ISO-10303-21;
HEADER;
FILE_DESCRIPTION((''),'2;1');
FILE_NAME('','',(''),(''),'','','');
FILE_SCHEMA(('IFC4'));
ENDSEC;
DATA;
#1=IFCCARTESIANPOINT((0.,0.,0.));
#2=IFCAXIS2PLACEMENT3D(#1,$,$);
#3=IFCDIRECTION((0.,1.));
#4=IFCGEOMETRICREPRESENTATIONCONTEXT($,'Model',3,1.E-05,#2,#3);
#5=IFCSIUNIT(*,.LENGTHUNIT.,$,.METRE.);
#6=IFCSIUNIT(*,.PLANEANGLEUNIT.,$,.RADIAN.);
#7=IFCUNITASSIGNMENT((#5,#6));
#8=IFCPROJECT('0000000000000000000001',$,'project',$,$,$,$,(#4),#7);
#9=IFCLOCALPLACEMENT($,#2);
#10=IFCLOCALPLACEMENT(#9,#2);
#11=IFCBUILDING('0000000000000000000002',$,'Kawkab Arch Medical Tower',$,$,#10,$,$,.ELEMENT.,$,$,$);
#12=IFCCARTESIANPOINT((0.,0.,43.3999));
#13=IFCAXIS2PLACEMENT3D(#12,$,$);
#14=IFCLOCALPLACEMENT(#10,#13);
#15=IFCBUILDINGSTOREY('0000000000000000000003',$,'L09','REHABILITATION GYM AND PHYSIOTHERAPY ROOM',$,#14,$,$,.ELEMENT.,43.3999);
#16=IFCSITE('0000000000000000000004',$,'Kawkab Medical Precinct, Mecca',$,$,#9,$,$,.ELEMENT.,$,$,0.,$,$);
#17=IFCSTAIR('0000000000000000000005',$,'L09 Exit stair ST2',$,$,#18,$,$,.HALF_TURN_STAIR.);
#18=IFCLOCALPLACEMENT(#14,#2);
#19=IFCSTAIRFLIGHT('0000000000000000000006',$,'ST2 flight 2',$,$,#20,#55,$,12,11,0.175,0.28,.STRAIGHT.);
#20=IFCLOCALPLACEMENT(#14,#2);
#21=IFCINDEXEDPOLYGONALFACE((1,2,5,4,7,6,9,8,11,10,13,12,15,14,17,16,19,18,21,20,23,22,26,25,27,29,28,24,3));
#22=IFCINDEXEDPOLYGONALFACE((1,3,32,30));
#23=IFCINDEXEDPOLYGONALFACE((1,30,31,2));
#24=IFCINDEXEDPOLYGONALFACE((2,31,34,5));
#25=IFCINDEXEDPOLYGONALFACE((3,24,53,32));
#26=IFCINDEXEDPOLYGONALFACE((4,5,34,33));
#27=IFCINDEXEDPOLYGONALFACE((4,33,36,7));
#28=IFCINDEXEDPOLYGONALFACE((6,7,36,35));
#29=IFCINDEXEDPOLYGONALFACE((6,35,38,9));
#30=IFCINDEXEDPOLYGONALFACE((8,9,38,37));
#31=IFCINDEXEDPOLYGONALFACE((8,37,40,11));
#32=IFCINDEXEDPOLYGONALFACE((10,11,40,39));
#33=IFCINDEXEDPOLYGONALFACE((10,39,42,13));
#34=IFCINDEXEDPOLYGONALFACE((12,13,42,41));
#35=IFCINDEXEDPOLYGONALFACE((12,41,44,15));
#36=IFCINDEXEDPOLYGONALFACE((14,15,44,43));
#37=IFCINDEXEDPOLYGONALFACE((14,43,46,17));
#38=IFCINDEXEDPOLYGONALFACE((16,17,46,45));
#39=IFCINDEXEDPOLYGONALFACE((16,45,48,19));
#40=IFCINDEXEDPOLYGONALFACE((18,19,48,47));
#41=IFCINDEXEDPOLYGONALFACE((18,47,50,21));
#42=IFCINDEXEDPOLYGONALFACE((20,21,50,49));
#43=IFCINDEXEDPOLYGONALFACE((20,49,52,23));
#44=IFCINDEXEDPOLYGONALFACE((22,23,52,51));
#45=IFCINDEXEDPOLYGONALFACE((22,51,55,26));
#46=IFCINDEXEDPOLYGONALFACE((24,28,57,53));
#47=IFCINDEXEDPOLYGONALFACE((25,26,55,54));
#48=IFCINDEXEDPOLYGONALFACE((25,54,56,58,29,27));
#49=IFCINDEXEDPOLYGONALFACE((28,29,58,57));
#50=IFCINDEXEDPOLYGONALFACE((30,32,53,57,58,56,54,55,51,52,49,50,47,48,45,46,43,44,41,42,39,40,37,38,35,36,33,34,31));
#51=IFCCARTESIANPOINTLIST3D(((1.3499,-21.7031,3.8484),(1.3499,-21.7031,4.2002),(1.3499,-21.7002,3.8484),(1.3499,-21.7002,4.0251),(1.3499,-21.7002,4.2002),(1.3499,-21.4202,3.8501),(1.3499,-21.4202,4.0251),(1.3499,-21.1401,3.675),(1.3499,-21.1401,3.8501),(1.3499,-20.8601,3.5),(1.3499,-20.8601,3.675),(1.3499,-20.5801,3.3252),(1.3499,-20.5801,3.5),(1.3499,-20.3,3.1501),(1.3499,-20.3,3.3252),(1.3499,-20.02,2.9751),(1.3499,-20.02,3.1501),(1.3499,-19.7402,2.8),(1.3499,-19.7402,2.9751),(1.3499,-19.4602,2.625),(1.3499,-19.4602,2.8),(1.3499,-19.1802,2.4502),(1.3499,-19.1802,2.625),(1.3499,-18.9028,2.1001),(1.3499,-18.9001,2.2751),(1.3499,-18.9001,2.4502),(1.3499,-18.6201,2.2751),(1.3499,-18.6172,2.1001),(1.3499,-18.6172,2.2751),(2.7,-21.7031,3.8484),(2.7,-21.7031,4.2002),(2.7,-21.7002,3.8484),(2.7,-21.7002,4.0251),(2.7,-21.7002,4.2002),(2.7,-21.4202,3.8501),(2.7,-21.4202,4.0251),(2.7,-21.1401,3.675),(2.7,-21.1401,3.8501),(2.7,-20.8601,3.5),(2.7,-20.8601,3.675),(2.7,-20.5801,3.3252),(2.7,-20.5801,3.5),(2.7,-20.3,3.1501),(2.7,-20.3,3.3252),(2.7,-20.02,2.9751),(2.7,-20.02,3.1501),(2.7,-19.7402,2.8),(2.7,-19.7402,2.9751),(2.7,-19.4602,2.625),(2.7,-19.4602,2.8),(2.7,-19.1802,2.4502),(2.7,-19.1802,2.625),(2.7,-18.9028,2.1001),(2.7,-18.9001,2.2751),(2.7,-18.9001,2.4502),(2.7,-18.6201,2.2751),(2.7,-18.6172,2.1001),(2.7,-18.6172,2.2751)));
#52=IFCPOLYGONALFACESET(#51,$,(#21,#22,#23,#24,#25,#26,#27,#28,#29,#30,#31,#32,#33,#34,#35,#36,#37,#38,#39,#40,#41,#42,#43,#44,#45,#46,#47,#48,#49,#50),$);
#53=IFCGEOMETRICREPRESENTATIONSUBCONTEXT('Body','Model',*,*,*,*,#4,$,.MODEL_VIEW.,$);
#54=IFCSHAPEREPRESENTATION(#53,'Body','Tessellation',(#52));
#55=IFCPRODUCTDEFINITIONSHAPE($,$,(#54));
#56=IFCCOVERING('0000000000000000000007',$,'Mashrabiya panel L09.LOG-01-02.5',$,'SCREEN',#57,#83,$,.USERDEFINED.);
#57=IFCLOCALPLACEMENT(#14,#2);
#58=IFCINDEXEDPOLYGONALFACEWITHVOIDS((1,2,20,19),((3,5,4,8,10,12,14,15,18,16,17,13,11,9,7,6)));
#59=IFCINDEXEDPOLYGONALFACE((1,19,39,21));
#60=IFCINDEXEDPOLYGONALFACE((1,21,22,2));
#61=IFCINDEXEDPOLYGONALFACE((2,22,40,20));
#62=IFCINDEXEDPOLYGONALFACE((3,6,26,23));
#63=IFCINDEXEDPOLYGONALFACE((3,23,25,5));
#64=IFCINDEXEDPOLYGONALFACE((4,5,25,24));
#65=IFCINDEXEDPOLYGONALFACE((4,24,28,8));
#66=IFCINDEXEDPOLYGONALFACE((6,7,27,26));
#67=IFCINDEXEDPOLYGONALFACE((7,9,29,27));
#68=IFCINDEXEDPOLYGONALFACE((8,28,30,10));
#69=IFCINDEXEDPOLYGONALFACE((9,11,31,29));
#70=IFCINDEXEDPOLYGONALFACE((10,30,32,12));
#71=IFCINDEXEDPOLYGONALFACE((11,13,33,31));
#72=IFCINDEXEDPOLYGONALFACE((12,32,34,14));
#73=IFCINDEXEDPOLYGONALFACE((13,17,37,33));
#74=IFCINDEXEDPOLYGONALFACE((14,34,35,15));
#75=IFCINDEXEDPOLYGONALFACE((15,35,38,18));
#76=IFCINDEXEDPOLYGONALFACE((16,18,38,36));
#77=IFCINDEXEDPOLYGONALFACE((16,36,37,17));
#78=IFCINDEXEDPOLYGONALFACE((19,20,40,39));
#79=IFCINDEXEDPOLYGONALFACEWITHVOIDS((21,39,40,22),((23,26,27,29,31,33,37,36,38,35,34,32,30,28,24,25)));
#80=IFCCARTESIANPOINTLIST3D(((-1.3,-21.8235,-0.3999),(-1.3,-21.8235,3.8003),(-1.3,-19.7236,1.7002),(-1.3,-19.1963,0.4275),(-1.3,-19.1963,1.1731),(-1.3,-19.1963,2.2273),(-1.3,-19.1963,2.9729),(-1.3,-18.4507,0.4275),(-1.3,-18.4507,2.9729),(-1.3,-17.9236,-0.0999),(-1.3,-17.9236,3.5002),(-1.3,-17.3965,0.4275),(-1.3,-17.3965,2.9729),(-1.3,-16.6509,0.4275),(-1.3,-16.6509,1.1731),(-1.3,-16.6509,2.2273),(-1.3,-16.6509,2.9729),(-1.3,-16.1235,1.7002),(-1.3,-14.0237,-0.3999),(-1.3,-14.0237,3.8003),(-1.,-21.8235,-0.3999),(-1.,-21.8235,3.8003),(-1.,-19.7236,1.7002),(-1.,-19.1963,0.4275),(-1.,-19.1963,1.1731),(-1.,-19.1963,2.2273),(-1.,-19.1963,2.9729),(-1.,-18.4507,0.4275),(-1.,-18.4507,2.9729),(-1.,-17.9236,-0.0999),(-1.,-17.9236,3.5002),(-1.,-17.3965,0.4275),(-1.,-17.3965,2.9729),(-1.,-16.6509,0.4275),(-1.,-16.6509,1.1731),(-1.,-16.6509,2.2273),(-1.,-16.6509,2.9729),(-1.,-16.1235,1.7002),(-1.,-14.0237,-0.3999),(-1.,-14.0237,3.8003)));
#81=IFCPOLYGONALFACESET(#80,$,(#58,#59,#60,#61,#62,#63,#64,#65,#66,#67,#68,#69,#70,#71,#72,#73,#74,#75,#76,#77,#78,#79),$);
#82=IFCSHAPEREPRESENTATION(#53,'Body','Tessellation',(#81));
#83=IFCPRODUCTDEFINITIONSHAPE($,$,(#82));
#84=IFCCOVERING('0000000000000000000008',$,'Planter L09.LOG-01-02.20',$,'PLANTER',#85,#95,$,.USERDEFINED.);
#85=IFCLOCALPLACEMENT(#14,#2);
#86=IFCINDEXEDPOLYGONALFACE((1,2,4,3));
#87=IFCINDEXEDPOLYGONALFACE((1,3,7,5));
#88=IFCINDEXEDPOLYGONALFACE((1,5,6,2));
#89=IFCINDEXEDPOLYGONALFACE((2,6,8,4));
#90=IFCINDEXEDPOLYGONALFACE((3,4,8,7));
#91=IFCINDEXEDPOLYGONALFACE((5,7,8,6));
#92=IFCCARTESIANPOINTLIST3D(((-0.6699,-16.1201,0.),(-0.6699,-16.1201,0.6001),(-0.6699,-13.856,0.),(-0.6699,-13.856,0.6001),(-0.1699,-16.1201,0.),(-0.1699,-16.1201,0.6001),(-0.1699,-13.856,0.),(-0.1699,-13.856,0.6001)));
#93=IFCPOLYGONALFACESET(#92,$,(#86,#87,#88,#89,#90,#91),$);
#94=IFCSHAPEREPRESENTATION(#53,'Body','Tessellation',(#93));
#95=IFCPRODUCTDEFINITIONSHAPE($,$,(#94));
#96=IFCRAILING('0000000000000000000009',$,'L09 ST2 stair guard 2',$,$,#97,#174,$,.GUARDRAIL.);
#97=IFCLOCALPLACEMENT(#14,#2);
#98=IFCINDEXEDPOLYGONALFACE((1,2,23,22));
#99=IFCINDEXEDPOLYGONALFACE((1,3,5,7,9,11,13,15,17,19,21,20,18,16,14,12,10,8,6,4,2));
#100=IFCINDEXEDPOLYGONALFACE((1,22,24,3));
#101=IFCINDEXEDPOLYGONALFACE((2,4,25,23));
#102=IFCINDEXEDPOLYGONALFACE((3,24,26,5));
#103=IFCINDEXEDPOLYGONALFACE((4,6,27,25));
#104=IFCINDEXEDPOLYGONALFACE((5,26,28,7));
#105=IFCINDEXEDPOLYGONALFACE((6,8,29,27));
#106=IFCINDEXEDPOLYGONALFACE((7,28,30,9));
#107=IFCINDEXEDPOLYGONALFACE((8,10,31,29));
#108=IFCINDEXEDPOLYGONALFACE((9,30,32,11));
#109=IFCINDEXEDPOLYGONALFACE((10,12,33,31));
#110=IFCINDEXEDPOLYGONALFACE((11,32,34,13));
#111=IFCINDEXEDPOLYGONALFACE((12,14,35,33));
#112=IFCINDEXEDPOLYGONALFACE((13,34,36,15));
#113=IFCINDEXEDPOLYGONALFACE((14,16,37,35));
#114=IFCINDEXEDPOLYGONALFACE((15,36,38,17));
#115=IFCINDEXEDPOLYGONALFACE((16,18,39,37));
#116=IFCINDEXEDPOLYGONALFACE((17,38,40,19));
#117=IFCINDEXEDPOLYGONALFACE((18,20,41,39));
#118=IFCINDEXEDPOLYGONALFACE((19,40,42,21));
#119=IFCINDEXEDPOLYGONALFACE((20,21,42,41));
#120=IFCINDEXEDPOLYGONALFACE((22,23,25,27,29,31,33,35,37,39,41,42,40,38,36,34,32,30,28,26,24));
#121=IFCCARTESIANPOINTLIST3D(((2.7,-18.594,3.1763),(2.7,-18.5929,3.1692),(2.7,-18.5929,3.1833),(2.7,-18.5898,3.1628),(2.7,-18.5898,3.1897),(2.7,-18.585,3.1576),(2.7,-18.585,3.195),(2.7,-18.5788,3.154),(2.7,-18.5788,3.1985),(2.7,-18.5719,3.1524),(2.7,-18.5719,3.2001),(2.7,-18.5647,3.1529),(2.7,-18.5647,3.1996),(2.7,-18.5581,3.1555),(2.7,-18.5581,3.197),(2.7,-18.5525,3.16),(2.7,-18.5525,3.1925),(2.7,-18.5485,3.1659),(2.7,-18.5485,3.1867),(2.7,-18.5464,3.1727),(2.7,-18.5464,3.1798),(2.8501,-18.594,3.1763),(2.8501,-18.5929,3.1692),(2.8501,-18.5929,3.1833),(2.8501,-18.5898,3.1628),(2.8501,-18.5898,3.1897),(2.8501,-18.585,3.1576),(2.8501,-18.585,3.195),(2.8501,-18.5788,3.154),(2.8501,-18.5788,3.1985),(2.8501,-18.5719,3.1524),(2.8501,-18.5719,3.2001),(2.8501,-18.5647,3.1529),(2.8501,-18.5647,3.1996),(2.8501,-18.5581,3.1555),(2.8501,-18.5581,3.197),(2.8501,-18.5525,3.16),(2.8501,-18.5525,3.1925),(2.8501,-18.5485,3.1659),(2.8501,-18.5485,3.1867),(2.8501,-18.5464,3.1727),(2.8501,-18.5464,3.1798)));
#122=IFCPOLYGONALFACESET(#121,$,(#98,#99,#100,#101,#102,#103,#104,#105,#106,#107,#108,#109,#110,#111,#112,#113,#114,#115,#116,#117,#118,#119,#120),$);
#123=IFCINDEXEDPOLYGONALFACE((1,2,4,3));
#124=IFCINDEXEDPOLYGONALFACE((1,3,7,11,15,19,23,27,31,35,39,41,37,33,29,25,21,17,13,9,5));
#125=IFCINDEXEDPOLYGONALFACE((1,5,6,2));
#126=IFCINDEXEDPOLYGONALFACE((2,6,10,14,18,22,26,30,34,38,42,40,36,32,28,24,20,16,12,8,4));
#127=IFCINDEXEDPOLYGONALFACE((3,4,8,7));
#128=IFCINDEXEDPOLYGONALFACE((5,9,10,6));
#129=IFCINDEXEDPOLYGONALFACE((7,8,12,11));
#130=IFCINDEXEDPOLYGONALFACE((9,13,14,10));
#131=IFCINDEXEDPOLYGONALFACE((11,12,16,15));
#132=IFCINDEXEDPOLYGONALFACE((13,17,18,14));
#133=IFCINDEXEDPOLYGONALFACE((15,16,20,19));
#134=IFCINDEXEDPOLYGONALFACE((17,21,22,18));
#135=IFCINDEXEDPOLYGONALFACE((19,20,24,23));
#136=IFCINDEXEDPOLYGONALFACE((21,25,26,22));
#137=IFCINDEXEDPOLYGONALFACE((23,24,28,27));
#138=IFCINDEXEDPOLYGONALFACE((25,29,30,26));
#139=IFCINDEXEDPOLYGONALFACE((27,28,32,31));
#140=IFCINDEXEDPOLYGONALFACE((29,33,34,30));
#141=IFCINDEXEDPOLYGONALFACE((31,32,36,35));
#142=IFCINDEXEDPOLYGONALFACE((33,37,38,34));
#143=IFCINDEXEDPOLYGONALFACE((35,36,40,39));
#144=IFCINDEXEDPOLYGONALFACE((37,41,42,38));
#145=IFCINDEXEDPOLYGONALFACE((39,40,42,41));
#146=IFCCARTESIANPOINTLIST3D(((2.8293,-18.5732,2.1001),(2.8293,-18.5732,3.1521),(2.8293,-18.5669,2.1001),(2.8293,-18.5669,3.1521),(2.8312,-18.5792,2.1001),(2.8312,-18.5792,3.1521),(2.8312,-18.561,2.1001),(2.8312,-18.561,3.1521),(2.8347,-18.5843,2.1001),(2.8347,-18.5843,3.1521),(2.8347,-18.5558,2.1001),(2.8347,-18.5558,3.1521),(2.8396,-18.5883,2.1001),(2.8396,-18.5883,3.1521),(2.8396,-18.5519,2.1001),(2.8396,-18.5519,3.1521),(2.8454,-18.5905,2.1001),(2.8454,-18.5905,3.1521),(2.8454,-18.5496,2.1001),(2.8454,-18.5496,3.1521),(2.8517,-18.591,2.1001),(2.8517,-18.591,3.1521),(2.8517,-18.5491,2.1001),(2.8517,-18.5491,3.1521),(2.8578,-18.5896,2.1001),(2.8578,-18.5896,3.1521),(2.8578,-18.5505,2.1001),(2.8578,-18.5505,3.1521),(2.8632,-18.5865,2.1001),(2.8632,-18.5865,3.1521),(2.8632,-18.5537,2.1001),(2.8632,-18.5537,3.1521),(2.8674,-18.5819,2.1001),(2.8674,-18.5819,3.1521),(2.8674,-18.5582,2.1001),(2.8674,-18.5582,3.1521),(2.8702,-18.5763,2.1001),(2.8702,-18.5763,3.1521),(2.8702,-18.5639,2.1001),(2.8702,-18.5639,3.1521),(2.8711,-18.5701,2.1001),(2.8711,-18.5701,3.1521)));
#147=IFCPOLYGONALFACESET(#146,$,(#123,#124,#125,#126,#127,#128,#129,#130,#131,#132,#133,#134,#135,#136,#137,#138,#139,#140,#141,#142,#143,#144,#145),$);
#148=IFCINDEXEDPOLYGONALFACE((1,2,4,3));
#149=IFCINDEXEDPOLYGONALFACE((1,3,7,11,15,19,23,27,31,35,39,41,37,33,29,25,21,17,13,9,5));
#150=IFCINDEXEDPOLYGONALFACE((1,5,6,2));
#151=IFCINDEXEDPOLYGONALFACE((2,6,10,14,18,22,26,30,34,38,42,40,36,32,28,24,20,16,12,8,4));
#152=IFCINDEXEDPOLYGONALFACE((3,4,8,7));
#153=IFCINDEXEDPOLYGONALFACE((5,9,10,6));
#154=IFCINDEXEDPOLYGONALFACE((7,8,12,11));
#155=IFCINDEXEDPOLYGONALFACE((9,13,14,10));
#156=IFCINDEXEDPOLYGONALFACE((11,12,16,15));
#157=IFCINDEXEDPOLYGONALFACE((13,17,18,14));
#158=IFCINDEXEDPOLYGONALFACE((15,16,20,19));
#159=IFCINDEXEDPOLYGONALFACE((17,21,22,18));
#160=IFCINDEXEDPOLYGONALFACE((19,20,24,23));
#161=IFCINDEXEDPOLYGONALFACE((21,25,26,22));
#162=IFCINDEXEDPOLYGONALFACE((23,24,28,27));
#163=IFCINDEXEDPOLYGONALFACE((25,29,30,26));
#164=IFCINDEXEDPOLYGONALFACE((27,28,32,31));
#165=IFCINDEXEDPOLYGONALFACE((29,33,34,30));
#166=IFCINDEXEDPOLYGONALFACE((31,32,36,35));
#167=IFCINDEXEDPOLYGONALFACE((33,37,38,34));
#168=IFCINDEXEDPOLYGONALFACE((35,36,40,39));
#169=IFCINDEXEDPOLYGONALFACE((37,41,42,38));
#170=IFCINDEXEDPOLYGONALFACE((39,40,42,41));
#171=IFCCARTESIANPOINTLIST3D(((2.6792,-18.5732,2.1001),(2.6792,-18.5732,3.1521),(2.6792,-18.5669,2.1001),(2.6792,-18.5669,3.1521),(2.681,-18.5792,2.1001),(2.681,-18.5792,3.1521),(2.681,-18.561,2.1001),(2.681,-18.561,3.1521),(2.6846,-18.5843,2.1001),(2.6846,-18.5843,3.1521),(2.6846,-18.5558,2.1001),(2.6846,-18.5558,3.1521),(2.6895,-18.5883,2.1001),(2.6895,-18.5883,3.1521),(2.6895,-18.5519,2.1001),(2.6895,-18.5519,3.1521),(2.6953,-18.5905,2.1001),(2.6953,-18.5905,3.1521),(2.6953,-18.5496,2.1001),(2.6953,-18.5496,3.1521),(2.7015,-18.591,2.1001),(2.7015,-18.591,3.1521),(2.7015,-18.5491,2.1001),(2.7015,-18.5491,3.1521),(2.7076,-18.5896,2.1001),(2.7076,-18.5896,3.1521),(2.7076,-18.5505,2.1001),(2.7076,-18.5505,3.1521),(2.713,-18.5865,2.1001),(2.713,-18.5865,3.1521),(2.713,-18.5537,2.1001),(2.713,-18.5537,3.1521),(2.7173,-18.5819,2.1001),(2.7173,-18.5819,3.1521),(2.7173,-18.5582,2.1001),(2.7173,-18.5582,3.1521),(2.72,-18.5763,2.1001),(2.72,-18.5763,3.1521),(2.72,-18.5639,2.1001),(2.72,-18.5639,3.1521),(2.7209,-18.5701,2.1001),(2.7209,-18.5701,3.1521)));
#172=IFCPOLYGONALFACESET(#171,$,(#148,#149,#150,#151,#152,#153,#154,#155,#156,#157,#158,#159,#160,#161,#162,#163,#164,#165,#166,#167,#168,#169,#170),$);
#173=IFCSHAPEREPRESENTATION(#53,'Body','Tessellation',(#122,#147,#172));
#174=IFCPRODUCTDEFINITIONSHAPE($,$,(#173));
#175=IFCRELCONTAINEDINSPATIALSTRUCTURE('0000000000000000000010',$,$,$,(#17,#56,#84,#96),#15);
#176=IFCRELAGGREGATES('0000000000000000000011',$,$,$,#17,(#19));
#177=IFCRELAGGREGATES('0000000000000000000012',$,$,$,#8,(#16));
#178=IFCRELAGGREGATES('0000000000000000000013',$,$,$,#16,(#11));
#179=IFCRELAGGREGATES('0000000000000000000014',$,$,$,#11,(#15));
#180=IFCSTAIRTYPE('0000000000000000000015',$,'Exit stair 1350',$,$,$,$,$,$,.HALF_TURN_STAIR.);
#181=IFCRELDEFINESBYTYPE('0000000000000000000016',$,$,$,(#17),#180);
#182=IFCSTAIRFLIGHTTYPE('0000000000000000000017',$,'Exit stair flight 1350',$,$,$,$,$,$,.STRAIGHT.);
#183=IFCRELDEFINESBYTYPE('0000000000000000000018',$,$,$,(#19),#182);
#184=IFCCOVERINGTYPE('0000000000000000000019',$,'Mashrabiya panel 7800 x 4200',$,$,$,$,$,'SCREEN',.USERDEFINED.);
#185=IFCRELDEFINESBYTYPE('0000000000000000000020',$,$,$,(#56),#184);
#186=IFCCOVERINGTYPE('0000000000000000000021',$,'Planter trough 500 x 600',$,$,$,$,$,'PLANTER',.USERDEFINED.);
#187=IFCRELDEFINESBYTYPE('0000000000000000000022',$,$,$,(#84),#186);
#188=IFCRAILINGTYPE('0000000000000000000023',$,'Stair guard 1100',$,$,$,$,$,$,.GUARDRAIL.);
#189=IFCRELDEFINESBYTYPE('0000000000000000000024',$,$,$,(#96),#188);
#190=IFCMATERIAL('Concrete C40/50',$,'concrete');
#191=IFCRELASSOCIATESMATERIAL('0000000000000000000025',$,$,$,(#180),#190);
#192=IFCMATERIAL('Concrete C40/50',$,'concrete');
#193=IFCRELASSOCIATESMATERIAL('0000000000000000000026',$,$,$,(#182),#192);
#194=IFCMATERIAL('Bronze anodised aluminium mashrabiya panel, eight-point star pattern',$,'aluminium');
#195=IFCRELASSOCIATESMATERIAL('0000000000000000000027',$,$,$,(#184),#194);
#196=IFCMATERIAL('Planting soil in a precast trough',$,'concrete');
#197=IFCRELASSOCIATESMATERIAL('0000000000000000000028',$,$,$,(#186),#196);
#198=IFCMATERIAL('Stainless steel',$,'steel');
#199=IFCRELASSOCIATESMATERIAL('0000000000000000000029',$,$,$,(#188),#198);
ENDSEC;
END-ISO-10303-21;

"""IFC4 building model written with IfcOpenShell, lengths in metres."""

from ifc_helpers import new_model, si_unit, direction, frame, origin, origin_2d, place, context, subcontext, project, spatial, polyline, rectangle, circle, outline, extrude, material, material_profile, profile_set, type_object, element, aggregate, save


model = new_model("IFC4")

# Units and contexts
model_context = context("Model", 3, precision=1e-05, world=origin(), true_north=direction((0.0, 1.0)))
body_context = subcontext(model_context, "Body", "Model", "MODEL_VIEW")
ifc_project = project(units=[si_unit("LENGTHUNIT", "METRE"), si_unit("PLANEANGLEUNIT", "RADIAN")], contexts=[model_context])

# Site, building, storey
site_placement = place(None, origin())
site = spatial("IfcSite", under=ifc_project, at=site_placement, Name="Kawkab Medical Precinct, Mecca", CompositionType="ELEMENT", RefElevation=0.0)
building_placement = place(site_placement, origin())
building = spatial("IfcBuilding", under=site, at=building_placement, Name="Kawkab Arch Medical Tower", CompositionType="ELEMENT")
storey_placement = place(building_placement, frame((0.0, 0.0, 43.3999)))
storey = spatial("IfcBuildingStorey", under=building, at=storey_placement, Name="L09", Description="REHABILITATION GYM AND PHYSIOTHERAPY ROOM", CompositionType="ELEMENT", Elevation=43.3999)

# Shared definitions
placement = place(storey_placement, origin())

# Stair, stair flight
ifc_material_1 = material(Name="Concrete C40/50", Category="concrete")
stair_type = type_object("IfcStairType", Name="Exit stair 1350", PredefinedType="HALF_TURN_STAIR", material=ifc_material_1)
stair = element("IfcStair", 1, at=placement, inside=storey, type_object=stair_type, Name="L09 Exit stair ST2", PredefinedType="HALF_TURN_STAIR")
ifc_material_2 = material(Name="Concrete C40/50", Category="concrete")
stair_flight_type = type_object("IfcStairFlightType", Name="Exit stair flight 1350", PredefinedType="STRAIGHT", material=ifc_material_2)
stair_flight_placement = place(storey_placement, frame((2.0249, -18.6201, 2.1001), z_axis=(0.0, 0.0, 1.0), x_axis=(0.0, -1.0, 0.0)))
stair_flight = element("IfcStairFlight", 2, at=stair_flight_placement, type_object=stair_flight_type, Name="ST2 flight 2", NumberOfRisers=12, NumberOfTreads=11, PredefinedType="STRAIGHT", RiserHeight=0.175, TreadLength=0.28, context=body_context, shape_type="SweptSolid", body=[
    extrude(outline(polyline([(-0.0029, 0.0), (-0.0029, 0.175), (0.0, 0.175), (0.28, 0.175), (0.28, 0.3501), (0.5601, 0.3501), (0.5601, 0.5249), (0.8401, 0.5249), (0.8401, 0.7), (1.1201, 0.7), (1.1201, 0.875), (1.3999, 0.875), (1.3999, 1.05), (1.6799, 1.05), (1.6799, 1.2251), (1.96, 1.2251), (1.96, 1.3999), (2.24, 1.3999), (2.24, 1.575), (2.52, 1.575), (2.52, 1.75), (2.8, 1.75), (2.8, 1.925), (3.0801, 1.925), (3.0801, 2.1001), (3.083, 2.1001), (3.083, 1.7483), (3.0801, 1.7483), (0.2827, 0.0), (-0.0029, 0.0)])), frame((0.0, 0.675, 0.0), z_axis=(0.0, -1.0, 0.0), x_axis=(1.0, 0.0, 0.0)), (0.0, 0.0, 1.0), 1.3501),
])
aggregate(stair, [stair_flight])

# Coverings
ifc_material_3 = material(Name="Bronze anodised aluminium mashrabiya panel, eight-point star pattern", Category="aluminium")
ifc_material_profile_1 = material_profile(ifc_material_3, outline(polyline([(-3.8999, -2.1001), (3.8999, -2.1001), (3.8999, 2.1001), (-3.8999, 2.1001), (-3.8999, -2.1001)]), holes=[polyline([(1.8, 0.0), (1.2727, 0.5271), (1.2727, 1.2727), (0.5271, 1.2727), (0.0, 1.8), (-0.5271, 1.2727), (-1.2727, 1.2727), (-1.2727, 0.5271), (-1.8, 0.0), (-1.2727, -0.5271), (-1.2727, -1.2727), (-0.5271, -1.2727), (0.0, -1.8), (0.5271, -1.2727), (1.2727, -1.2727), (1.2727, -0.5271), (1.8, 0.0)])]), Name="Mashrabiya panel 7800x4200")
ifc_profile_set_1 = profile_set([ifc_material_profile_1], Name="Bronze anodised aluminium mashrabiya panel, eight-point star pattern")
covering_type_1 = type_object("IfcCoveringType", Name="Mashrabiya panel 7800 x 4200", ElementType="SCREEN", PredefinedType="USERDEFINED", material=ifc_profile_set_1)
covering_1_placement = place(storey_placement, frame((-1.0, -17.9236, 1.7002), z_axis=(-1.0, 0.0, 0.0), x_axis=(0.0, -1.0, 0.0)))
element("IfcCovering", 3, at=covering_1_placement, inside=storey, type_object=covering_type_1, Name="Mashrabiya panel L09.LOG-01-02.5", ObjectType="SCREEN", PredefinedType="USERDEFINED", context=body_context, shape_type="SweptSolid", body=[
    extrude(outline(polyline([(-3.8999, -2.1001), (3.8999, -2.1001), (3.8999, 2.1001), (-3.8999, 2.1001), (-3.8999, -2.1001)]), holes=[polyline([(1.8, 0.0), (1.2727, 0.5271), (1.2727, 1.2727), (0.5271, 1.2727), (0.0, 1.8), (-0.5271, 1.2727), (-1.2727, 1.2727), (-1.2727, 0.5271), (-1.8, 0.0), (-1.2727, -0.5271), (-1.2727, -1.2727), (-0.5271, -1.2727), (0.0, -1.8), (0.5271, -1.2727), (1.2727, -1.2727), (1.2727, -0.5271), (1.8, 0.0)])]), origin(), (0.0, 0.0, 1.0), 0.3),
])
ifc_material_4 = material(Name="Planting soil in a precast trough", Category="concrete")
ifc_material_profile_2 = material_profile(ifc_material_4, rectangle(XDim=0.5, YDim=0.6001, at=origin_2d()), Name="Trough 500x600")
ifc_profile_set_2 = profile_set([ifc_material_profile_2], Name="Planting soil in a precast trough")
covering_type_2 = type_object("IfcCoveringType", Name="Planter trough 500 x 600", ElementType="PLANTER", PredefinedType="USERDEFINED", material=ifc_profile_set_2)
covering_2_placement = place(storey_placement, frame((-0.4199, -16.1201, 0.3), z_axis=(0.0, 1.0, 0.0), x_axis=(-1.0, 0.0, 0.0)))
element("IfcCovering", 4, at=covering_2_placement, inside=storey, type_object=covering_type_2, Name="Planter L09.LOG-01-02.20", ObjectType="PLANTER", PredefinedType="USERDEFINED", context=body_context, shape_type="SweptSolid", body=[
    extrude(rectangle(XDim=0.5, YDim=0.6001, at=origin_2d()), origin(), (0.0, 0.0, 1.0), 2.2642),
])

# Railing
ifc_material_5 = material(Name="Stainless steel", Category="steel")
railing_type = type_object("IfcRailingType", Name="Stair guard 1100", PredefinedType="GUARDRAIL", material=ifc_material_5)
railing_1_placement = place(storey_placement, frame((2.8501, -18.5701, 2.1001)))
element("IfcRailing", 5, at=railing_1_placement, inside=storey, type_object=railing_type, Name="L09 ST2 stair guard 2", PredefinedType="GUARDRAIL", context=body_context, shape_type="SweptSolid", body=[
    extrude(circle(Radius=0.0239, at=origin_2d()), frame((0.0, 0.0, 1.0762), z_axis=(-1.0, 0.0, 0.0), x_axis=(0.0, -1.0, 0.0)), (0.0, 0.0, 1.0), 0.1501),
    extrude(circle(Radius=0.021, at=origin_2d()), origin(), (0.0, 0.0, 1.0), 1.052),
    extrude(circle(Radius=0.021, at=origin_2d()), frame((-0.1501, 0.0, 0.0)), (0.0, 0.0, 1.0), 1.052),
])

save(model, "model.ifc")
